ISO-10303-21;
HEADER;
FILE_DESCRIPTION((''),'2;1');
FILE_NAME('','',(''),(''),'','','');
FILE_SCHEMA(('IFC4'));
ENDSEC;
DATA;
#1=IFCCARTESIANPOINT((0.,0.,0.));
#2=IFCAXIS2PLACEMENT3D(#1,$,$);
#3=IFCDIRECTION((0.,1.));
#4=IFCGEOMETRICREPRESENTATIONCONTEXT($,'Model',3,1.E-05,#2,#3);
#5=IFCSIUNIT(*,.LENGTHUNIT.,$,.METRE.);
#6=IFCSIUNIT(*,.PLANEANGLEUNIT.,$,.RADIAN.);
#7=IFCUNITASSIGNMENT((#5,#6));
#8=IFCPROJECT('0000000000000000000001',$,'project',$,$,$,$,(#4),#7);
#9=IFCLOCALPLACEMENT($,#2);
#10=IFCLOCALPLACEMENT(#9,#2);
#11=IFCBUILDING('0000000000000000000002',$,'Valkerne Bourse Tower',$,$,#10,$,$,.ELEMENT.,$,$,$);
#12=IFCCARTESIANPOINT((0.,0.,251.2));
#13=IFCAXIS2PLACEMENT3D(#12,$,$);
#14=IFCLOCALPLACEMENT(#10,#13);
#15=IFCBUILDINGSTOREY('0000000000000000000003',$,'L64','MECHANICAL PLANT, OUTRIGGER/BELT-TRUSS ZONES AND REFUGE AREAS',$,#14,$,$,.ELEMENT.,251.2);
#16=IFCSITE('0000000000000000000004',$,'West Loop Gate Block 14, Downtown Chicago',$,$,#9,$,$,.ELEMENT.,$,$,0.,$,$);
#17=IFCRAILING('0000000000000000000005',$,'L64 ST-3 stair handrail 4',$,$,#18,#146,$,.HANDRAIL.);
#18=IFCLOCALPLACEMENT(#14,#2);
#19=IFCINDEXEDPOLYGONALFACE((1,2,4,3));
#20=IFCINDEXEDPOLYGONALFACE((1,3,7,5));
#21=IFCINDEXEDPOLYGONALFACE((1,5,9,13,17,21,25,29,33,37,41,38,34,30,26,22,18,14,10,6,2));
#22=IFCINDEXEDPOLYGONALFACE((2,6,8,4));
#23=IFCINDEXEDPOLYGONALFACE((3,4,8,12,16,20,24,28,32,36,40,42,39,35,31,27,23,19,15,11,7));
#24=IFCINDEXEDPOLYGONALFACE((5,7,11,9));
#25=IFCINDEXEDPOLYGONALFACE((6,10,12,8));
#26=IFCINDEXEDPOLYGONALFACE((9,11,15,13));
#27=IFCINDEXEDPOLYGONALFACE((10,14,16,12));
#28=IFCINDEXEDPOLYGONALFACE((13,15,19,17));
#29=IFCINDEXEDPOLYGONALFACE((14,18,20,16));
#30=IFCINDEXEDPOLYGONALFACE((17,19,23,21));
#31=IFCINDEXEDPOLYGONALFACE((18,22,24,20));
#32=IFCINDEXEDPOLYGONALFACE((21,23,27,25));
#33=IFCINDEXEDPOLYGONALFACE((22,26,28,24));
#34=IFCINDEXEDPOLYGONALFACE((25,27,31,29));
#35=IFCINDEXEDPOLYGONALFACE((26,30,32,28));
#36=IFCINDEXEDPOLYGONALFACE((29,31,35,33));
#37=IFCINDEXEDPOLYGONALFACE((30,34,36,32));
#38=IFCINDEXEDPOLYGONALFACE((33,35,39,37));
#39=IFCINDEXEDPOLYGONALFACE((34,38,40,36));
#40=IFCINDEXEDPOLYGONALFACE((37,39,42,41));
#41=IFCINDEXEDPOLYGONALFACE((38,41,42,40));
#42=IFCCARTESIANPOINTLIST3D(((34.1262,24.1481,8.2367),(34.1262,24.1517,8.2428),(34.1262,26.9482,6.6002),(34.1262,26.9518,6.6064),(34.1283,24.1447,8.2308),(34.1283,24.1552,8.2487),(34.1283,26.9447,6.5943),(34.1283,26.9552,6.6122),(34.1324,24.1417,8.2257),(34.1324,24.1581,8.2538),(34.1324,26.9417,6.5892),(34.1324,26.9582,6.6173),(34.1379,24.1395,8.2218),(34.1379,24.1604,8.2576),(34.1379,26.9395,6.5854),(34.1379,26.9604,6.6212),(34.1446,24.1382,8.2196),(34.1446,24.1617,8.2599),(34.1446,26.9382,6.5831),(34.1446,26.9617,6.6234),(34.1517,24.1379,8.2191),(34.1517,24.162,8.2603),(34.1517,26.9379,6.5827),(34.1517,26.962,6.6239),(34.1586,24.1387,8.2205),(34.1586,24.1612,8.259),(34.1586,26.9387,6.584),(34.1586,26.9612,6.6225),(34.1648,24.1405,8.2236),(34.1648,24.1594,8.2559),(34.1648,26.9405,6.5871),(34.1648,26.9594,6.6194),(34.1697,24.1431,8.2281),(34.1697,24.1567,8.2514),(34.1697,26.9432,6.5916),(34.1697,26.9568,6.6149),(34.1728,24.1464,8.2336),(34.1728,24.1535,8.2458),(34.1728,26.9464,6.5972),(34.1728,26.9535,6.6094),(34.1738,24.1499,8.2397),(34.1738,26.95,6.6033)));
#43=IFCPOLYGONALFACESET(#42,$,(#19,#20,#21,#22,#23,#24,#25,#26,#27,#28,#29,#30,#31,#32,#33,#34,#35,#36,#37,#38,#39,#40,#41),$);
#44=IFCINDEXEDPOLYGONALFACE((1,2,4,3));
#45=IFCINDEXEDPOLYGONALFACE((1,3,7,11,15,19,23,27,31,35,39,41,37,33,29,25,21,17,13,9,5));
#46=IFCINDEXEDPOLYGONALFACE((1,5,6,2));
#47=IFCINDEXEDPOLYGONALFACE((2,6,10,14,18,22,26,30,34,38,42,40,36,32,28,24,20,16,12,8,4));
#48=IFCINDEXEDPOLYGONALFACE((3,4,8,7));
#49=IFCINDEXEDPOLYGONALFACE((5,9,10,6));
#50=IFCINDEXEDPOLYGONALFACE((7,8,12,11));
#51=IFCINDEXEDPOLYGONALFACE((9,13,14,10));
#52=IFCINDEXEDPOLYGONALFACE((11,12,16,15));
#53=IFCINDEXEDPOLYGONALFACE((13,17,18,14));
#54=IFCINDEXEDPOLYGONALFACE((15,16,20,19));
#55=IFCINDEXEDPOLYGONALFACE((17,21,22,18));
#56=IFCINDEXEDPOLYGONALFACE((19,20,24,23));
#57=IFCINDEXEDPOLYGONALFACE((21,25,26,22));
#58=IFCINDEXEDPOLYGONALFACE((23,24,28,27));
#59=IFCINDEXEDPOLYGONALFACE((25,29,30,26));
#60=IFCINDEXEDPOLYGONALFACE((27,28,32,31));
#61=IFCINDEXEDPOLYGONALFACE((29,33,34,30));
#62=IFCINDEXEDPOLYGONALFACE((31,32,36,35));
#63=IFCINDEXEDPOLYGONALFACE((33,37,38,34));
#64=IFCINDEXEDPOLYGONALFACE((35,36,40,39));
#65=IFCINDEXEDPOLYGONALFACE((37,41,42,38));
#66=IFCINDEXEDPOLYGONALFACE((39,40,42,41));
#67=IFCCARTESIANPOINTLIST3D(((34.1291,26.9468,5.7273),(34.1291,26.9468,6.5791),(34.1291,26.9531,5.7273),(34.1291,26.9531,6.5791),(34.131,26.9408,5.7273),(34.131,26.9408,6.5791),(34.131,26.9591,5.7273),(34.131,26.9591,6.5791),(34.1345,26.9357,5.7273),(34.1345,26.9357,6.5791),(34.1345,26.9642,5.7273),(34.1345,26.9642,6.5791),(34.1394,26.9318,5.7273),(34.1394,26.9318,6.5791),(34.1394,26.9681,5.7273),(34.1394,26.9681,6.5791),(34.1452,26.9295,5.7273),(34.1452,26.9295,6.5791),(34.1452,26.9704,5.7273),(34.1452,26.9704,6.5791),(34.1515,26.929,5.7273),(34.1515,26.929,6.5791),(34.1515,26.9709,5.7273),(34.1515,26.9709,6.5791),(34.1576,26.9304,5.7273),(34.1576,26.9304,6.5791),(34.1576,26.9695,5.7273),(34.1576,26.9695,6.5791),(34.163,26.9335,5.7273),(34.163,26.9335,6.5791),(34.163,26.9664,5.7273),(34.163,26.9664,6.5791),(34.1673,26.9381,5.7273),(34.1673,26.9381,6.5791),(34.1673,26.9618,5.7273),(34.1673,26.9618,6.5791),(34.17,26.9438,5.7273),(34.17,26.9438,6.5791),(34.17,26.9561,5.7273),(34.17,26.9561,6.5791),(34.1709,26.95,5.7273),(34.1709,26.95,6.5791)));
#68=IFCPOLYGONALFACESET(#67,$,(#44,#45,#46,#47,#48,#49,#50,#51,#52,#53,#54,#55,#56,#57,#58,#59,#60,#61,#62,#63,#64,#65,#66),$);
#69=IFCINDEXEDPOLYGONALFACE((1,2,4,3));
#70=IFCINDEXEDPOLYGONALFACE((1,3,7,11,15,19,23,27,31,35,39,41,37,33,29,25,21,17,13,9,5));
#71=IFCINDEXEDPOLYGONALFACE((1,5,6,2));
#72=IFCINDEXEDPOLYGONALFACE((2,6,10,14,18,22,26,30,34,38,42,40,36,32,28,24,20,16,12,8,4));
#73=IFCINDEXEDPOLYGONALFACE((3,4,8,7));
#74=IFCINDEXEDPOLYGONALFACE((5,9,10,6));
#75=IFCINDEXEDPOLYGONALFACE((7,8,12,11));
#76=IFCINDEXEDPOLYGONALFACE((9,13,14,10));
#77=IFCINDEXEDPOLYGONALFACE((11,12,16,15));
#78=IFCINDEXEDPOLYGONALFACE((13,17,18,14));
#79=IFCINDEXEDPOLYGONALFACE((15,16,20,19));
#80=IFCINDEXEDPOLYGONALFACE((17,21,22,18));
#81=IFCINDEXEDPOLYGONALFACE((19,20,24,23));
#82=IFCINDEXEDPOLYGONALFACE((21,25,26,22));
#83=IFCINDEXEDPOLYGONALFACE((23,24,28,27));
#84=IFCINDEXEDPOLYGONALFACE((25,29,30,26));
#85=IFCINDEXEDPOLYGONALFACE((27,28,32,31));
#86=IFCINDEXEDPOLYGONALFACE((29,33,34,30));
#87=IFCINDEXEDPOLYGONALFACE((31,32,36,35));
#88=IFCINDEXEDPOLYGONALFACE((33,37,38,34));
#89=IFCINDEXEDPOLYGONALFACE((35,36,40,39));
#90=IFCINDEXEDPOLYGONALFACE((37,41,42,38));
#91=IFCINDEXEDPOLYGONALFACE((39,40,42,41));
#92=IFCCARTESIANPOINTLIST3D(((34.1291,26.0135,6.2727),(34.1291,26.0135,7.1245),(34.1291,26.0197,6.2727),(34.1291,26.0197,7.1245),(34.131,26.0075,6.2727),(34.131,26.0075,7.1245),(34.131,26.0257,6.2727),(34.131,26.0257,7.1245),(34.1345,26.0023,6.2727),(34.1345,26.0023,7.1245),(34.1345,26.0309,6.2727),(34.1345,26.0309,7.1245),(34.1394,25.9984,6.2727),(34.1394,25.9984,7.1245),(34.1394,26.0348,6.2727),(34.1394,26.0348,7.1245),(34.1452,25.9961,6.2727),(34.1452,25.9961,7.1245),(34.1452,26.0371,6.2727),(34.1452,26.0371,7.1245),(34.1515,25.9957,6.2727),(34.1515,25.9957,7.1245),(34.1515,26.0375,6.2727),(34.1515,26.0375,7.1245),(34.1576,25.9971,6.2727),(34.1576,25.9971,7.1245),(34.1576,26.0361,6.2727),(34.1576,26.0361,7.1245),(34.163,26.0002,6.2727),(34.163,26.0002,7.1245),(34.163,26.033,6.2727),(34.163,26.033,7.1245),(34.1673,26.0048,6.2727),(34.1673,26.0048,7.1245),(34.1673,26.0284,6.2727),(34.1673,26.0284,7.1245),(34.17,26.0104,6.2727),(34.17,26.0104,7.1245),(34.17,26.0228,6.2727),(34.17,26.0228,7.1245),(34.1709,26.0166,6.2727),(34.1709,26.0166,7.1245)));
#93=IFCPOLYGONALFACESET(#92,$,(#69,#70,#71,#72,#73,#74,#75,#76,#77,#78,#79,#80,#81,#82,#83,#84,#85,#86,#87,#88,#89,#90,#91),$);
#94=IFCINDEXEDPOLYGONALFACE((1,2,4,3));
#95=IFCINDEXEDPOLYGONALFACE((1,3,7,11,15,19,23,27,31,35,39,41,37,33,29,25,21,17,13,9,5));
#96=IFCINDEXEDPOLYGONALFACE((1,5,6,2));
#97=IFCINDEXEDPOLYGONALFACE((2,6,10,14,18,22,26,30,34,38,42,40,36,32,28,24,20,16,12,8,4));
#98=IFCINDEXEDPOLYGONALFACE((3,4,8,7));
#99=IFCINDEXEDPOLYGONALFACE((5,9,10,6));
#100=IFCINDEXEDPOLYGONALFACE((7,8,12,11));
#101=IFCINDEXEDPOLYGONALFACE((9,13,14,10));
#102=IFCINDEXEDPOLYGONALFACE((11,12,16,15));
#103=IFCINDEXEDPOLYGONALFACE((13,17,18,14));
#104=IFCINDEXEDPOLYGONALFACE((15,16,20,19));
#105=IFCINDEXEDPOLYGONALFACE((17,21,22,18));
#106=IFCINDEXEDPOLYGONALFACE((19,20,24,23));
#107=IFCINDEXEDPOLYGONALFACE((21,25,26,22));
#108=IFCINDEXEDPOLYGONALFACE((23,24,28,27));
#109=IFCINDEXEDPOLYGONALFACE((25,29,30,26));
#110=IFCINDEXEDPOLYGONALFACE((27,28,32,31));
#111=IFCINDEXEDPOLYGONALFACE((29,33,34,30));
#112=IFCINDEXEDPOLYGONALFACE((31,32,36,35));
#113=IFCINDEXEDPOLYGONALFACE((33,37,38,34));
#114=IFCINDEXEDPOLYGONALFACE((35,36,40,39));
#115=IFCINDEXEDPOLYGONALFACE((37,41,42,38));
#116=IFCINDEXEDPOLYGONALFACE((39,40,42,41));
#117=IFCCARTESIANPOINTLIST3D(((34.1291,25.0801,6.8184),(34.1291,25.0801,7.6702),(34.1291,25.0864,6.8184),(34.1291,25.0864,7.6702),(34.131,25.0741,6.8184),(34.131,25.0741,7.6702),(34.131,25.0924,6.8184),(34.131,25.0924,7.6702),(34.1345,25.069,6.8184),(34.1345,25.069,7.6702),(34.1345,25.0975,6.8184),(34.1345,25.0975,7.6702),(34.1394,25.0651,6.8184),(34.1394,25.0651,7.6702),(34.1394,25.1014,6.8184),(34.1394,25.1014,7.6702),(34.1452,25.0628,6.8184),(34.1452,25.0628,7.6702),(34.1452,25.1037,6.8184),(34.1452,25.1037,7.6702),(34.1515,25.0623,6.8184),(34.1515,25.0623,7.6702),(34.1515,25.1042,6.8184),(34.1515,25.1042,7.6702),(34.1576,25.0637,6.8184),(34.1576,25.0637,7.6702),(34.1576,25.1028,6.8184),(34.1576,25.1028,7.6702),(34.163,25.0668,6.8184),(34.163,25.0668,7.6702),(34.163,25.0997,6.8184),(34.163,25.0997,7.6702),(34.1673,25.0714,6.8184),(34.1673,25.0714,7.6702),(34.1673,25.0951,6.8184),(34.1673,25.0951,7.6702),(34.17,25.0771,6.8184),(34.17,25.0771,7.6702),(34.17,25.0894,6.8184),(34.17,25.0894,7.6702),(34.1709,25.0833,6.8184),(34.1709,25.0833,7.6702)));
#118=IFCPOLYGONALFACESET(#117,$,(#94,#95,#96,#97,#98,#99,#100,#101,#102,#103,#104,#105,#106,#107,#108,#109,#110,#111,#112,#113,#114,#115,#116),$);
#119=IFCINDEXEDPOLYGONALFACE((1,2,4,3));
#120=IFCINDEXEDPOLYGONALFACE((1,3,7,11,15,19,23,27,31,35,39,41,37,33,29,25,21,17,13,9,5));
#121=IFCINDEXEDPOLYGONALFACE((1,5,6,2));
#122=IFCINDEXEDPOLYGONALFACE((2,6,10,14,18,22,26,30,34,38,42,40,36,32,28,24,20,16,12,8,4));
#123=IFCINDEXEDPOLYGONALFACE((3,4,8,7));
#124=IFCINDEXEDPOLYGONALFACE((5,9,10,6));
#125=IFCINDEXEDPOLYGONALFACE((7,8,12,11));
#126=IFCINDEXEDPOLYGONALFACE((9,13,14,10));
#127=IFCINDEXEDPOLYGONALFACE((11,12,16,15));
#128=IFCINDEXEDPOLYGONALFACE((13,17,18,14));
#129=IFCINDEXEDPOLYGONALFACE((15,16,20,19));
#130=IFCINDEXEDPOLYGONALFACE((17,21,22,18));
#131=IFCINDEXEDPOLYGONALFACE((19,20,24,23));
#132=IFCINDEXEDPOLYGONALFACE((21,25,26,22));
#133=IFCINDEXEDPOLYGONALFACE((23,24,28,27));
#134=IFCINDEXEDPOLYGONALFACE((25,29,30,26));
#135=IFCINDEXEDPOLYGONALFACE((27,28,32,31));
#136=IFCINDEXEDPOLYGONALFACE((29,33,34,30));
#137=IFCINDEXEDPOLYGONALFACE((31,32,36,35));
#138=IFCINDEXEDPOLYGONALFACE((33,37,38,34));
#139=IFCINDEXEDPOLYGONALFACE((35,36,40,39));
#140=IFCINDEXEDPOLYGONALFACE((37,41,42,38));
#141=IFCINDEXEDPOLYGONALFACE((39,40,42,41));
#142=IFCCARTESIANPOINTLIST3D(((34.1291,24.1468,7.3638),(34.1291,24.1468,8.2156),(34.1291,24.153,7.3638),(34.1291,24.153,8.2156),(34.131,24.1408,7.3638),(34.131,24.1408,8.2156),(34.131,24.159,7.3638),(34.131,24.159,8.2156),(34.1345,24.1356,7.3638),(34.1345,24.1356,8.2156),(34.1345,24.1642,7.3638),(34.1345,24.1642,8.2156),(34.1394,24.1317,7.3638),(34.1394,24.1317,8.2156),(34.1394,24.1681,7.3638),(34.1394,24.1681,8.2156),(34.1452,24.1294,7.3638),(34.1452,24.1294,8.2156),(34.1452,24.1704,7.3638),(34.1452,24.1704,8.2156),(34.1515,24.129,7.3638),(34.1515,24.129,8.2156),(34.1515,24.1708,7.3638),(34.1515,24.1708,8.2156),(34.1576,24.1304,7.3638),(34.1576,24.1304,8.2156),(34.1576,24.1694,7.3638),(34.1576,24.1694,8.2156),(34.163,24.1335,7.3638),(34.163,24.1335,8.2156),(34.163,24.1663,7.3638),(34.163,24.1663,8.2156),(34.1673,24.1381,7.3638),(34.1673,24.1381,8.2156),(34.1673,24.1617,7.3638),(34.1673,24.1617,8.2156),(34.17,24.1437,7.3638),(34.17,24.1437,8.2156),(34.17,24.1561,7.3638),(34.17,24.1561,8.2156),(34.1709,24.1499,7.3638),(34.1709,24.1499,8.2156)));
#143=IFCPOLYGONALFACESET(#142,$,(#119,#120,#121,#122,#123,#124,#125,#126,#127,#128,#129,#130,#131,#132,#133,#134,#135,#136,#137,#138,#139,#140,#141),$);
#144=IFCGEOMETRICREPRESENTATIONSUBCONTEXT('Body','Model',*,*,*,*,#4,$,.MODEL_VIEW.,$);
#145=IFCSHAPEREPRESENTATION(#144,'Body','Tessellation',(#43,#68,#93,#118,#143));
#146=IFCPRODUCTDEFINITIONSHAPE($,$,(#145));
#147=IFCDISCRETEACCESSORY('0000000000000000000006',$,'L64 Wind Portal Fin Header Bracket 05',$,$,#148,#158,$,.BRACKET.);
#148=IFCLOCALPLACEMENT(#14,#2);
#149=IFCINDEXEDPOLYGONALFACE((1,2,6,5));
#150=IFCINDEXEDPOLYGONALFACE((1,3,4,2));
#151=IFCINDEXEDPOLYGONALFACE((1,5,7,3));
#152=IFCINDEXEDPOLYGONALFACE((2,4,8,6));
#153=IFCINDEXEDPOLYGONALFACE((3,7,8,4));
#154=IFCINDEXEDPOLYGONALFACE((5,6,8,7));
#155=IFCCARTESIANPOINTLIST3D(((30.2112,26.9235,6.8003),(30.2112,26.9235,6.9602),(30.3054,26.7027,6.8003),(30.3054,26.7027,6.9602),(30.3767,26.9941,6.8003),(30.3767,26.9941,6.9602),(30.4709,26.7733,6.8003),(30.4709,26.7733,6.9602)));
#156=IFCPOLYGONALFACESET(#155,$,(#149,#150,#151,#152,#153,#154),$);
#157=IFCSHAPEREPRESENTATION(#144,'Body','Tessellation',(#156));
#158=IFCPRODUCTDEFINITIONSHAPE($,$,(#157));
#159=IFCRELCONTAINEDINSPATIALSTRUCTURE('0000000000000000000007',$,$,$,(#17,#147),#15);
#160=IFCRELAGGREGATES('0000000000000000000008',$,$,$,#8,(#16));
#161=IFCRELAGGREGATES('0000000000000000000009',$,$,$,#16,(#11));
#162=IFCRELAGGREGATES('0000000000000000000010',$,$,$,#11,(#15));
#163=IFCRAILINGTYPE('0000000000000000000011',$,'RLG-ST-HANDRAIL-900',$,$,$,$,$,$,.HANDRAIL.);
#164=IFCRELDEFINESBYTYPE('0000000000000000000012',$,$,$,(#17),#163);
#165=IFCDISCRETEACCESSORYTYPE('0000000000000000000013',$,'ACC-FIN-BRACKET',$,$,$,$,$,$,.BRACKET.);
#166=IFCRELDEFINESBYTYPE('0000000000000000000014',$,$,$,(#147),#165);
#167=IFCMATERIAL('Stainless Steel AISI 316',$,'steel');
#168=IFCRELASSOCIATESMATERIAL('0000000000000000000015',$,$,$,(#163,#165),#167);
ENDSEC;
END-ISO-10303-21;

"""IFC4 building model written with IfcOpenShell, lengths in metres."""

from ifc_helpers import new_model, si_unit, direction, frame, origin, origin_2d, place, context, subcontext, project, spatial, rectangle, circle, extrude, material, type_object, element, save


model = new_model("IFC4")

# Units and contexts
model_context = context("Model", 3, precision=1e-05, world=origin(), true_north=direction((0.0, 1.0)))
body_context = subcontext(model_context, "Body", "Model", "MODEL_VIEW")
ifc_project = project(units=[si_unit("LENGTHUNIT", "METRE"), si_unit("PLANEANGLEUNIT", "RADIAN")], contexts=[model_context])

# Site, building, storey
site_placement = place(None, origin())
site = spatial("IfcSite", under=ifc_project, at=site_placement, Name="West Loop Gate Block 14, Downtown Chicago", CompositionType="ELEMENT", RefElevation=0.0)
building_placement = place(site_placement, origin())
building = spatial("IfcBuilding", under=site, at=building_placement, Name="Valkerne Bourse Tower", CompositionType="ELEMENT")
storey_placement = place(building_placement, frame((0.0, 0.0, 251.2)))
storey = spatial("IfcBuildingStorey", under=building, at=storey_placement, Name="L64", Description="MECHANICAL PLANT, OUTRIGGER/BELT-TRUSS ZONES AND REFUGE AREAS", CompositionType="ELEMENT", Elevation=251.2)

# Railing
ifc_material_1 = material(Name="Stainless Steel AISI 316", Category="steel")
railing_type_1 = type_object("IfcRailingType", Name="RLG-ST-HANDRAIL-900", PredefinedType="HANDRAIL", material=ifc_material_1)
railing_1_placement = place(storey_placement, frame((34.1499, 26.95, 5.7273)))
element("IfcRailing", 1, at=railing_1_placement, inside=storey, type_object=railing_type_1, Name="L64 ST-3 stair handrail 4", PredefinedType="HANDRAIL", context=body_context, shape_type="SweptSolid", body=[
    extrude(circle(Radius=0.0239, at=origin_2d()), frame((0.0, 0.0, 0.876), z_axis=(0.0, -0.863361, 0.504587), x_axis=(1.0, 0.0, 0.0)), (0.0, 0.0, 1.0), 3.2432),
    extrude(circle(Radius=0.021, at=origin_2d()), origin(), (0.0, 0.0, 1.0), 0.8518),
    extrude(circle(Radius=0.021, at=origin_2d()), frame((0.0, -0.9333, 0.5454)), (0.0, 0.0, 1.0), 0.8518),
    extrude(circle(Radius=0.021, at=origin_2d()), frame((0.0, -1.8667, 1.0911)), (0.0, 0.0, 1.0), 0.8518),
    extrude(circle(Radius=0.021, at=origin_2d()), frame((0.0, -2.8, 1.6365)), (0.0, 0.0, 1.0), 0.8518),
])

# Discrete accessory
discrete_accessory_type = type_object("IfcDiscreteAccessoryType", Name="ACC-FIN-BRACKET", PredefinedType="BRACKET", material=ifc_material_1)
discrete_accessory_placement = place(storey_placement, frame((30.3411, 26.8484, 6.8003), z_axis=(0.0, 0.0, 1.0), x_axis=(0.392337, -0.919821, 0.0)))
element("IfcDiscreteAccessory", 2, at=discrete_accessory_placement, inside=storey, type_object=discrete_accessory_type, Name="L64 Wind Portal Fin Header Bracket 05", PredefinedType="BRACKET", context=body_context, shape_type="SweptSolid", body=[
    extrude(rectangle(XDim=0.24, YDim=0.1799, at=origin_2d()), origin(), (0.0, 0.0, 1.0), 0.1599),
])

save(model, "model.ifc")
